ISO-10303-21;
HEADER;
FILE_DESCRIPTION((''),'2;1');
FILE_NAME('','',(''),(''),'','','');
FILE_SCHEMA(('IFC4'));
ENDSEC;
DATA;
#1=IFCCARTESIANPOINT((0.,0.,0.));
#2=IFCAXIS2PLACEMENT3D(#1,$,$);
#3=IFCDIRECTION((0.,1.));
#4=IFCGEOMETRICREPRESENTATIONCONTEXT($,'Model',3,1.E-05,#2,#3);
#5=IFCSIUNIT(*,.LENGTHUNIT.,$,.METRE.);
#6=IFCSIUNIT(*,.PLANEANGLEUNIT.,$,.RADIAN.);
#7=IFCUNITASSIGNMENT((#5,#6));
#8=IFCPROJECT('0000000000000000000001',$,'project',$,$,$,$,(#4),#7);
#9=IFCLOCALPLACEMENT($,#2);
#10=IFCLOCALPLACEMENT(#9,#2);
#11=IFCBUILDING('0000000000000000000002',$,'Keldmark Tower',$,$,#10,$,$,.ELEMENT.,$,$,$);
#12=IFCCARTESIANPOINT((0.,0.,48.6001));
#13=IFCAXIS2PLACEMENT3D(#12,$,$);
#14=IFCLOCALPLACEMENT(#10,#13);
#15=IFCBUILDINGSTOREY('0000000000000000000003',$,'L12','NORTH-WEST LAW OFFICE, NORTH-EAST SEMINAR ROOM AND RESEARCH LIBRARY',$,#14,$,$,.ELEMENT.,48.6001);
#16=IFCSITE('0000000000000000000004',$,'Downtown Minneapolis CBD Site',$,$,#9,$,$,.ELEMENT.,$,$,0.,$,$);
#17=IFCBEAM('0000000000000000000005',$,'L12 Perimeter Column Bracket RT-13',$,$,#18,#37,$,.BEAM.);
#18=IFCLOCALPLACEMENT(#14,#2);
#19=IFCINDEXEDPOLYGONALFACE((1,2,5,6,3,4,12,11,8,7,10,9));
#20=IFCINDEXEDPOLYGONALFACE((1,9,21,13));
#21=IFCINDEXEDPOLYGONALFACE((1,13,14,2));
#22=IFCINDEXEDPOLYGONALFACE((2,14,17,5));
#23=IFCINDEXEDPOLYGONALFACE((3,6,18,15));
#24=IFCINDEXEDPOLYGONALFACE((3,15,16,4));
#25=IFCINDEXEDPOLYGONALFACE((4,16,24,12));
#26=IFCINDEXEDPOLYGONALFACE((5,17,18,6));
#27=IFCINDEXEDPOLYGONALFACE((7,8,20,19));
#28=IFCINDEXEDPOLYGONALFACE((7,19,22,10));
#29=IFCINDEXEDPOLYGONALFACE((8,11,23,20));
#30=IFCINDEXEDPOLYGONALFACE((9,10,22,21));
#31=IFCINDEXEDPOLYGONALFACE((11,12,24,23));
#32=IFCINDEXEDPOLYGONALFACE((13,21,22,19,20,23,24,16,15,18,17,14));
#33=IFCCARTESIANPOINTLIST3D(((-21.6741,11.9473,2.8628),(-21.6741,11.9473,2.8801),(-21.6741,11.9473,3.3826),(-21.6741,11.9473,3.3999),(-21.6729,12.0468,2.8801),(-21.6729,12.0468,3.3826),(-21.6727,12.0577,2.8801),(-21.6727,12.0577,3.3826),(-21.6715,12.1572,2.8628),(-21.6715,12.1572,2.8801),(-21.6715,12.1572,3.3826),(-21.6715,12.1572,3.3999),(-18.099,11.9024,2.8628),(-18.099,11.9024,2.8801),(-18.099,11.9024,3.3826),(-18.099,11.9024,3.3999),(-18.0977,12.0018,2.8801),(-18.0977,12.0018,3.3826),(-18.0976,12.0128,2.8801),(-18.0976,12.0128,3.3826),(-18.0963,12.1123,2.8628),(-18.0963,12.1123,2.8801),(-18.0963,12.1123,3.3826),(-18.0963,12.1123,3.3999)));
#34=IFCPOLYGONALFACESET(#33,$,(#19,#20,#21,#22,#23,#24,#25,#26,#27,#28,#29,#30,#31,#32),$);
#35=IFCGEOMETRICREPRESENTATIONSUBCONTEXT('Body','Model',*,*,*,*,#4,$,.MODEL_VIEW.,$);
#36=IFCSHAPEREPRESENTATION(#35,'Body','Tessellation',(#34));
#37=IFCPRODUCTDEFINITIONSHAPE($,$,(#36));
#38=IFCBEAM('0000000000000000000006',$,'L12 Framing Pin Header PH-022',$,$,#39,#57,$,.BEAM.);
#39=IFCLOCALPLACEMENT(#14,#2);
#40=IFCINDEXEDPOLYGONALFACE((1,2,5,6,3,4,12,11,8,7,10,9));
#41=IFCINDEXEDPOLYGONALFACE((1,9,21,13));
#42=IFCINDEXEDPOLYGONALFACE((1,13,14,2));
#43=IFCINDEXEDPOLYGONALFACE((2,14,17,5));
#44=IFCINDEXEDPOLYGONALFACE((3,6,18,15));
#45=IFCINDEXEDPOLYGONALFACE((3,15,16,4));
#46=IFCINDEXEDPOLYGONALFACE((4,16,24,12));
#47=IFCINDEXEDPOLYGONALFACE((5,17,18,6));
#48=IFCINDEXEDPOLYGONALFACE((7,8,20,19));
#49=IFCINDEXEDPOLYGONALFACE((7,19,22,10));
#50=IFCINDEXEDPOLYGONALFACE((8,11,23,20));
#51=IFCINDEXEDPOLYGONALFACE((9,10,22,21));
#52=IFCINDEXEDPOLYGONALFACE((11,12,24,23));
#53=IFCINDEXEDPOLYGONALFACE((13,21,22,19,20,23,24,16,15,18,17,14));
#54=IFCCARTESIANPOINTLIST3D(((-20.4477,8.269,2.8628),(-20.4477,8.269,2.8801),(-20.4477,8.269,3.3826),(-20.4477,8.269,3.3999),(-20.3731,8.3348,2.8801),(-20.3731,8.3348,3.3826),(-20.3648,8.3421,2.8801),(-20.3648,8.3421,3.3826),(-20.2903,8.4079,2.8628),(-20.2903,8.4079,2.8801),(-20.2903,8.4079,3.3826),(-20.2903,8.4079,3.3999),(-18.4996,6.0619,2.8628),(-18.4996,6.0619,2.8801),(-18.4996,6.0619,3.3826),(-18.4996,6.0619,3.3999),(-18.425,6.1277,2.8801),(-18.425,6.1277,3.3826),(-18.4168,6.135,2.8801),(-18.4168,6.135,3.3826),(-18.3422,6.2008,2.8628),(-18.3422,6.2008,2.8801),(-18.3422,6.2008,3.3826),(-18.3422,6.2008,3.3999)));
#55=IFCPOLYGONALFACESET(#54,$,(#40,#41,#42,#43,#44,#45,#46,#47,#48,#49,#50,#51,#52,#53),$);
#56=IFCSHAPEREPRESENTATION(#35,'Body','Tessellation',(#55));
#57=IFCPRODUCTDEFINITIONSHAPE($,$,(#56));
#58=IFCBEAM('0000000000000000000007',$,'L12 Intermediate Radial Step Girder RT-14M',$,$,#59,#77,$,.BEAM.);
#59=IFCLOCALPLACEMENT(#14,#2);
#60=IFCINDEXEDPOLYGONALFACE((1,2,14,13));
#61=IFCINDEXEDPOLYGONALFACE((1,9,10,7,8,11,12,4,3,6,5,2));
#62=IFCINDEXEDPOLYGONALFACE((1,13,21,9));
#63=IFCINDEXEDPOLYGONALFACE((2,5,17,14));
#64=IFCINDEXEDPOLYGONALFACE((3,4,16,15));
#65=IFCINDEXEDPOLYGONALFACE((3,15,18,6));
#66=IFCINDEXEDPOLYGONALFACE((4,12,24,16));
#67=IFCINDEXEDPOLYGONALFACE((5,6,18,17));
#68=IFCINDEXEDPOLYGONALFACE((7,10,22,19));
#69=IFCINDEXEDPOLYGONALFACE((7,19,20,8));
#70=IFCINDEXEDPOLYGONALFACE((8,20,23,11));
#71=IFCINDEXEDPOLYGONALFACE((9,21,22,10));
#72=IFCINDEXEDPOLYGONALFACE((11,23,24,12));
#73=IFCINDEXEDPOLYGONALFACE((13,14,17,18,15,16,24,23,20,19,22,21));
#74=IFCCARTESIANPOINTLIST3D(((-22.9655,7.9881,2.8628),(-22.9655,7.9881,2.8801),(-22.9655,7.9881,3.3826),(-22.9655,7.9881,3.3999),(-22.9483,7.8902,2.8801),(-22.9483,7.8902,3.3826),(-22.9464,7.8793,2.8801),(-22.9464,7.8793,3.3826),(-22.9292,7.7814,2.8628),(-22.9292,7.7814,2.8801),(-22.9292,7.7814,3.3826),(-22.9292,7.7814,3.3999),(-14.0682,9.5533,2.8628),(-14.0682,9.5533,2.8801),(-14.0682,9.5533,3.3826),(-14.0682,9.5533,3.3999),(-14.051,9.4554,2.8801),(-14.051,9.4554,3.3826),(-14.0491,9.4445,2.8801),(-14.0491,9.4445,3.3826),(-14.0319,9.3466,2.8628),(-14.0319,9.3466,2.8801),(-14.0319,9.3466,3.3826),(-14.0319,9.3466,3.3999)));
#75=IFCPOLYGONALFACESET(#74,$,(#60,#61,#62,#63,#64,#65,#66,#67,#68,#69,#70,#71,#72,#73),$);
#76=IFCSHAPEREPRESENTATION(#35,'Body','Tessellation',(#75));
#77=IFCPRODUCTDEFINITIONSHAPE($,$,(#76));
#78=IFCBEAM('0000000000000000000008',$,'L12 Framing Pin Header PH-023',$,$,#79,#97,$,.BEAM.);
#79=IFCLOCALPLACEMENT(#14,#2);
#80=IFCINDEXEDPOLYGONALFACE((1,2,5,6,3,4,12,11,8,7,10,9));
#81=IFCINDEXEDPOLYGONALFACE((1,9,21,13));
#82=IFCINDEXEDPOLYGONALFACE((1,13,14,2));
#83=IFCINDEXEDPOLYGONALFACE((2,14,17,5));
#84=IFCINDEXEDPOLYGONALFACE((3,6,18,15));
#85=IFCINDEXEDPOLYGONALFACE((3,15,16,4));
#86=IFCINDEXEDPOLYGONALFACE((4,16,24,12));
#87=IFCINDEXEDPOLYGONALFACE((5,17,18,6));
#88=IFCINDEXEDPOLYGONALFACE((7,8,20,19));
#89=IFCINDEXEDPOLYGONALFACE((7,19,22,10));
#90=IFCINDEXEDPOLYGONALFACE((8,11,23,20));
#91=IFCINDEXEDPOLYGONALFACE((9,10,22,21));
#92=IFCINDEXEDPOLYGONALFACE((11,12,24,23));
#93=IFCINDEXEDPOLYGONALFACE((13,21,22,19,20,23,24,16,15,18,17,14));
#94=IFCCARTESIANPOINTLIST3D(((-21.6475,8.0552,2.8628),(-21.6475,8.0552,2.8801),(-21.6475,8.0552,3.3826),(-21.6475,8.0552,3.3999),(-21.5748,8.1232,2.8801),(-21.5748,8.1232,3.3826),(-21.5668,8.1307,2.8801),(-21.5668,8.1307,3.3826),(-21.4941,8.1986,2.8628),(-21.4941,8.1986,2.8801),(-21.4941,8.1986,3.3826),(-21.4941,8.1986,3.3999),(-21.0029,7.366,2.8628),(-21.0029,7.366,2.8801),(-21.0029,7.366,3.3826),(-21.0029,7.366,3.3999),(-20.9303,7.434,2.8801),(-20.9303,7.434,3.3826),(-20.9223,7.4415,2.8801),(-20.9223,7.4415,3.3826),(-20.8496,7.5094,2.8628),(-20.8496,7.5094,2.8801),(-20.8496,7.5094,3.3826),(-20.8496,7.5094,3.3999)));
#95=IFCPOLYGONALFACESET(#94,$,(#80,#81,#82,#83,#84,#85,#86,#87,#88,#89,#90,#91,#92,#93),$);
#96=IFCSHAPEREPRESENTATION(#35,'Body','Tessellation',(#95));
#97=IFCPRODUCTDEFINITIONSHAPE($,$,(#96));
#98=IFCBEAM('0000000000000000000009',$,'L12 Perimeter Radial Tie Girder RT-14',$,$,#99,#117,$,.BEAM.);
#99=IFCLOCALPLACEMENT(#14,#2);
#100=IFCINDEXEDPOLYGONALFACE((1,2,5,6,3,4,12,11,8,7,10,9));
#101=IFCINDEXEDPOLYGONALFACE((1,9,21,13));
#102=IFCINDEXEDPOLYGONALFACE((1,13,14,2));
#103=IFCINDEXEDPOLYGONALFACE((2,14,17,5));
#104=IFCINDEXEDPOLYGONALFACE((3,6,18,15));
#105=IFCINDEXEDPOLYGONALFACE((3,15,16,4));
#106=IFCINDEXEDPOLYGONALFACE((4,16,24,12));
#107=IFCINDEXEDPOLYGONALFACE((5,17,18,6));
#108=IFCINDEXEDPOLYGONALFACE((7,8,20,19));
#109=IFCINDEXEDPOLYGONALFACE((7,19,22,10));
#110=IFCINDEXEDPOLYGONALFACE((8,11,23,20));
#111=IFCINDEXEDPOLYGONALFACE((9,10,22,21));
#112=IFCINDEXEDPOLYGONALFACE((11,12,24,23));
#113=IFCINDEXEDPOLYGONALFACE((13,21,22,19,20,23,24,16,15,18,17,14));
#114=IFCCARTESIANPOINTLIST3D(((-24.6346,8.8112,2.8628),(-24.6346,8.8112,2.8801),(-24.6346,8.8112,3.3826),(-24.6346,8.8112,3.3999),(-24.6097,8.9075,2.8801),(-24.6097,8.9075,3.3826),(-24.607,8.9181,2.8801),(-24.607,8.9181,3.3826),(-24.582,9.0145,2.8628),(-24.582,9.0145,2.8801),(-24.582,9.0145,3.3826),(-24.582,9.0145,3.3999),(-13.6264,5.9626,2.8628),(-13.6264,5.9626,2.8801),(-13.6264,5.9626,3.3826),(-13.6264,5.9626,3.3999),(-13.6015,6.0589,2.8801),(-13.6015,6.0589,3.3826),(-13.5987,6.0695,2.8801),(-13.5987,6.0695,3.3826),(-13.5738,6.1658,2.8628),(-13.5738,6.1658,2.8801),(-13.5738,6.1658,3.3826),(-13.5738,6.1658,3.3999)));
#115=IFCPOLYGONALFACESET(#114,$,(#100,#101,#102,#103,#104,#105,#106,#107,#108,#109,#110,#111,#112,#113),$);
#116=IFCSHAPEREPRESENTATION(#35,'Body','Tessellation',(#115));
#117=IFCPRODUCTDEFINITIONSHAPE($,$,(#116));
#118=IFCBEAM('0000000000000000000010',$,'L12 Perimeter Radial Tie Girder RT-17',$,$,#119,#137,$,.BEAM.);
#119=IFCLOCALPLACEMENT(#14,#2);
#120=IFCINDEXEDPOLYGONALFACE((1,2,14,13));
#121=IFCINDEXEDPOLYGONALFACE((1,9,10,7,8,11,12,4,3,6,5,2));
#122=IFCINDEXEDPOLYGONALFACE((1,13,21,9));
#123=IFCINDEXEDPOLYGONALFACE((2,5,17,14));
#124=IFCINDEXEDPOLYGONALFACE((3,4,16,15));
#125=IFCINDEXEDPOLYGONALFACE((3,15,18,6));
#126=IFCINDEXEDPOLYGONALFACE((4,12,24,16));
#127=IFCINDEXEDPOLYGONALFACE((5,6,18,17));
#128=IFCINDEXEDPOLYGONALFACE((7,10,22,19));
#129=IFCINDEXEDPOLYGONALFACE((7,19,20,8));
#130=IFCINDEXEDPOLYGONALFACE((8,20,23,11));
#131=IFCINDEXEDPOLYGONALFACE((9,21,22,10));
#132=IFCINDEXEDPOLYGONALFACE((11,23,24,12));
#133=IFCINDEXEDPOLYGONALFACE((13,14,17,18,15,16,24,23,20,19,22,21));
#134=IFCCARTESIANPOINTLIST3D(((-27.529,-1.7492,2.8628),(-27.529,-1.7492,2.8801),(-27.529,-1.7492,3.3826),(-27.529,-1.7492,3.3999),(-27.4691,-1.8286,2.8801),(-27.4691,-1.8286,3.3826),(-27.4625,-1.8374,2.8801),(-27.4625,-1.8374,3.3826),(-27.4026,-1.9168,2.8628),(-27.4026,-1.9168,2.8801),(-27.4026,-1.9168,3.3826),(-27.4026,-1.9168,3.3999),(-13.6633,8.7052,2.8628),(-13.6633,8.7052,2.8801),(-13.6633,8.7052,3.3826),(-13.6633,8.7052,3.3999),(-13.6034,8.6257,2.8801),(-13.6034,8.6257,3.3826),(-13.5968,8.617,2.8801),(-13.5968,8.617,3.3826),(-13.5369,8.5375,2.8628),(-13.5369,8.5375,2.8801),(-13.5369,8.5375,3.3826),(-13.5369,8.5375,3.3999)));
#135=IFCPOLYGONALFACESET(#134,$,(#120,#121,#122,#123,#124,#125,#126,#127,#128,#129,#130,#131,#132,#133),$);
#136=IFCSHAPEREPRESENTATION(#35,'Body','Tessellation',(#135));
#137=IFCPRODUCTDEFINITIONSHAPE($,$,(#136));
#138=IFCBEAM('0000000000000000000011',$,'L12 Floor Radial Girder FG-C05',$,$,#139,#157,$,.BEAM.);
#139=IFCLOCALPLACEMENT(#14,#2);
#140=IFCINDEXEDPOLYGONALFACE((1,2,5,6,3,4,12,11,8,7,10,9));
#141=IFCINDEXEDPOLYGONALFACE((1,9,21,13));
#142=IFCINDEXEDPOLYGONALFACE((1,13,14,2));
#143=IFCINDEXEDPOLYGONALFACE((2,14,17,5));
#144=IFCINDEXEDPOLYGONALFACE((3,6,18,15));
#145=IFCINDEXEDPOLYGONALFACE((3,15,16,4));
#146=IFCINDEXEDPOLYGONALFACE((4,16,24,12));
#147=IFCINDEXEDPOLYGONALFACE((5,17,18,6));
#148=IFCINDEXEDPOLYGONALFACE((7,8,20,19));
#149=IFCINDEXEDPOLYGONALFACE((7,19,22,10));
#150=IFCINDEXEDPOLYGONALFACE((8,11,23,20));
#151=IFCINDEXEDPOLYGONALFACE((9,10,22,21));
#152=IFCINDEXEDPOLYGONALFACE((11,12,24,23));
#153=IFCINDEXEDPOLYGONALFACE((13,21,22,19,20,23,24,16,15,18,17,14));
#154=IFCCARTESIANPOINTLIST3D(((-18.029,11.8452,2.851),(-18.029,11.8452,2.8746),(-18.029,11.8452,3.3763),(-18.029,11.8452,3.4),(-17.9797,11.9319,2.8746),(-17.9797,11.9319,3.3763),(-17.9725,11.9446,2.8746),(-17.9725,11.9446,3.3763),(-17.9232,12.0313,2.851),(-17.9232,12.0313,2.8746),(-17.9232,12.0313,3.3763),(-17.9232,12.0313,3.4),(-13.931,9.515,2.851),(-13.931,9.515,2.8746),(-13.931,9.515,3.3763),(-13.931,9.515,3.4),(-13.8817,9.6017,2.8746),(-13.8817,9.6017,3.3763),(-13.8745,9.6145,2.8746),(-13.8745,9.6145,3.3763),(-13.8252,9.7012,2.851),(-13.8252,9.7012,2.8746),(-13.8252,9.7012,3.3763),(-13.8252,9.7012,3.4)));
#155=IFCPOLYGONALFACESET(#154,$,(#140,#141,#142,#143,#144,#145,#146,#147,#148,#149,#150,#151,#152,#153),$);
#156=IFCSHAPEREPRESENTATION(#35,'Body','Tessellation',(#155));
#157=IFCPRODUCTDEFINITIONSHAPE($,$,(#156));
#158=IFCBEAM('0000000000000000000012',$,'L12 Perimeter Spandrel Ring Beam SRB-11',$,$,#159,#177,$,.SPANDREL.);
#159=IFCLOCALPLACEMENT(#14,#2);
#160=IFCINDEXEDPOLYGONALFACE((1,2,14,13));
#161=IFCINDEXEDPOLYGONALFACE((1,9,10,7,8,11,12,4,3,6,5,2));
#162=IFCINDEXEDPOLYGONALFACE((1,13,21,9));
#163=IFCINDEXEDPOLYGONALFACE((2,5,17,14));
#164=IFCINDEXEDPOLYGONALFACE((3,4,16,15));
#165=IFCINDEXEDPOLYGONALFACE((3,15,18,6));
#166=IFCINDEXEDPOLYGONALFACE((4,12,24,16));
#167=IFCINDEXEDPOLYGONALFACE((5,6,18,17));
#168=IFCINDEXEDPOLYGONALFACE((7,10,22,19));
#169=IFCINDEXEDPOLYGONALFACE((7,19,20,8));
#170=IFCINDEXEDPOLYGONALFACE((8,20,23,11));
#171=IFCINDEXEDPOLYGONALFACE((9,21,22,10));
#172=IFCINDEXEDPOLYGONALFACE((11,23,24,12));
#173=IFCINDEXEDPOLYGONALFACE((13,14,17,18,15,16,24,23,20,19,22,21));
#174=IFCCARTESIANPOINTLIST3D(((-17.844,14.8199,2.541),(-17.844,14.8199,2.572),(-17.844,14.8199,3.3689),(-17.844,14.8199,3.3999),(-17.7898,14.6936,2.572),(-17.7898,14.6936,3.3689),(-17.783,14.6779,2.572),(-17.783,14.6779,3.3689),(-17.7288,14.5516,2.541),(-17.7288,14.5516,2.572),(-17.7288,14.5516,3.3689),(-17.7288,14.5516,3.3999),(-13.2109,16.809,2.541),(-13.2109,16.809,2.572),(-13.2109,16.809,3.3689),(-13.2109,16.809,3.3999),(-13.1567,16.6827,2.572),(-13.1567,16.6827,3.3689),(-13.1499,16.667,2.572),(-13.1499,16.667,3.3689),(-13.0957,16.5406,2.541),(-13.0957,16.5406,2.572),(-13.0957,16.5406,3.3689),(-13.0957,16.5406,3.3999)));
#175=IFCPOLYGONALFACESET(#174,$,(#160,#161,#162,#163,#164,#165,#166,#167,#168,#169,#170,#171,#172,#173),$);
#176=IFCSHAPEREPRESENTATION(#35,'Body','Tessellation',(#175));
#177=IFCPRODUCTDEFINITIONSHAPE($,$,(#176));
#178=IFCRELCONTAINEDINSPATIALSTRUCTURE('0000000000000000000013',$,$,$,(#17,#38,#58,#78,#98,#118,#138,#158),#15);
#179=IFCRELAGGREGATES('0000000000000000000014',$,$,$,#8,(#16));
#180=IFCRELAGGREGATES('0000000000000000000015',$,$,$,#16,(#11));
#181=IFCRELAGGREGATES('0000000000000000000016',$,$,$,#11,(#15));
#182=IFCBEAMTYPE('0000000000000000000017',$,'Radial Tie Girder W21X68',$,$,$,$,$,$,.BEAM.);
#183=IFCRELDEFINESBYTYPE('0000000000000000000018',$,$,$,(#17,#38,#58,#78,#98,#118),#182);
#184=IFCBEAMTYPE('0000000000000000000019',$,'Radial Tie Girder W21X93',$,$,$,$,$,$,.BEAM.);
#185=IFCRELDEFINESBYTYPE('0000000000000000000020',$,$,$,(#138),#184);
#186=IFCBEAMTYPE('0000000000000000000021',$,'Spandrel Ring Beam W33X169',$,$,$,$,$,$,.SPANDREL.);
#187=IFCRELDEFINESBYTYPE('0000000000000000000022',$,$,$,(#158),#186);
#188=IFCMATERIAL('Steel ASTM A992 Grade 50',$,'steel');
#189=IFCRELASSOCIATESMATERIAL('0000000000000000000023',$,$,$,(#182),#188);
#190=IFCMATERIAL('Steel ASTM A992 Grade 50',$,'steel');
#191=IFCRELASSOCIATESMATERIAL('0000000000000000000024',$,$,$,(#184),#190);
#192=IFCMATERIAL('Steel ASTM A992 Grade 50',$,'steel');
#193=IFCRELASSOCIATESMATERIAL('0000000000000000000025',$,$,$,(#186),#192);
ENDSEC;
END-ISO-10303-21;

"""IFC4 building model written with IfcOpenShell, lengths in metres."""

from ifc_helpers import new_model, si_unit, direction, frame, origin, origin_2d, place, context, subcontext, project, spatial, i_section, extrude, material, material_profile, profile_set, type_object, element, save


model = new_model("IFC4")

# Units and contexts
model_context = context("Model", 3, precision=1e-05, world=origin(), true_north=direction((0.0, 1.0)))
body_context = subcontext(model_context, "Body", "Model", "MODEL_VIEW")
ifc_project = project(units=[si_unit("LENGTHUNIT", "METRE"), si_unit("PLANEANGLEUNIT", "RADIAN")], contexts=[model_context])

# Site, building, storey
site_placement = place(None, origin())
site = spatial("IfcSite", under=ifc_project, at=site_placement, Name="Downtown Minneapolis CBD Site", CompositionType="ELEMENT", RefElevation=0.0)
building_placement = place(site_placement, origin())
building = spatial("IfcBuilding", under=site, at=building_placement, Name="Keldmark Tower", CompositionType="ELEMENT")
storey_placement = place(building_placement, frame((0.0, 0.0, 48.6001)))
storey = spatial("IfcBuildingStorey", under=building, at=storey_placement, Name="L12", Description="NORTH-WEST LAW OFFICE, NORTH-EAST SEMINAR ROOM AND RESEARCH LIBRARY", CompositionType="ELEMENT", Elevation=48.6001)

# Beams
ifc_material_1 = material(Name="Steel ASTM A992 Grade 50", Category="steel")
ifc_material_profile_1 = material_profile(ifc_material_1, i_section(OverallWidth=0.21, OverallDepth=0.5371, WebThickness=0.011, FlangeThickness=0.0173, at=origin_2d()), Name="W21X68")
ifc_profile_set_1 = profile_set([ifc_material_profile_1], Name="Steel ASTM A992 Grade 50")
beam_type_1 = type_object("IfcBeamType", Name="Radial Tie Girder W21X68", PredefinedType="BEAM", material=ifc_profile_set_1)
beam_1_placement = place(storey_placement, frame((-18.0977, 12.0073, 3.1313), z_axis=(-0.999921, 0.012564, 0.0), x_axis=(-0.012564, -0.999921, 0.0)))
element("IfcBeam", 1, at=beam_1_placement, inside=storey, type_object=beam_type_1, Name="L12 Perimeter Column Bracket RT-13", PredefinedType="BEAM", context=body_context, shape_type="SweptSolid", body=[
    extrude(i_section(OverallWidth=0.21, OverallDepth=0.5371, WebThickness=0.011, FlangeThickness=0.0173, at=origin_2d()), origin(), (0.0, 0.0, 1.0), 3.5754),
])
beam_2_placement = place(storey_placement, frame((-18.4209, 6.1313, 3.1313), z_axis=(-0.66174, 0.749734, 0.0), x_axis=(-0.749734, -0.66174, 0.0)))
element("IfcBeam", 2, at=beam_2_placement, inside=storey, type_object=beam_type_1, Name="L12 Framing Pin Header PH-022", PredefinedType="BEAM", context=body_context, shape_type="SweptSolid", body=[
    extrude(i_section(OverallWidth=0.21, OverallDepth=0.5371, WebThickness=0.011, FlangeThickness=0.0173, at=origin_2d()), origin(), (0.0, 0.0, 1.0), 2.9438),
])
beam_3_placement = place(storey_placement, frame((-14.05, 9.45, 3.1313), z_axis=(-0.984876, -0.173258, 0.0), x_axis=(0.173258, -0.984876, 0.0)))
element("IfcBeam", 3, at=beam_3_placement, inside=storey, type_object=beam_type_1, Name="L12 Intermediate Radial Step Girder RT-14M", PredefinedType="BEAM", context=body_context, shape_type="SweptSolid", body=[
    extrude(i_section(OverallWidth=0.21, OverallDepth=0.5371, WebThickness=0.011, FlangeThickness=0.0173, at=origin_2d()), origin(), (0.0, 0.0, 1.0), 9.0339),
])
beam_4_placement = place(storey_placement, frame((-20.9263, 7.4377, 3.1313), z_axis=(-0.683037, 0.730384, 0.0), x_axis=(-0.730384, -0.683037, 0.0)))
element("IfcBeam", 4, at=beam_4_placement, inside=storey, type_object=beam_type_1, Name="L12 Framing Pin Header PH-023", PredefinedType="BEAM", context=body_context, shape_type="SweptSolid", body=[
    extrude(i_section(OverallWidth=0.21, OverallDepth=0.5371, WebThickness=0.011, FlangeThickness=0.0173, at=origin_2d()), origin(), (0.0, 0.0, 1.0), 0.9436),
])
beam_5_placement = place(storey_placement, frame((-13.6001, 6.0642, 3.1313), z_axis=(-0.968112, 0.25052, 0.0), x_axis=(-0.25052, -0.968112, 0.0)))
element("IfcBeam", 5, at=beam_5_placement, inside=storey, type_object=beam_type_1, Name="L12 Perimeter Radial Tie Girder RT-14", PredefinedType="BEAM", context=body_context, shape_type="SweptSolid", body=[
    extrude(i_section(OverallWidth=0.21, OverallDepth=0.5371, WebThickness=0.011, FlangeThickness=0.0173, at=origin_2d()), origin(), (0.0, 0.0, 1.0), 11.3708),
])
beam_6_placement = place(storey_placement, frame((-13.6001, 8.6213, 3.1313), z_axis=(-0.798476, -0.602027, 0.0), x_axis=(0.602027, -0.798476, 0.0)))
element("IfcBeam", 6, at=beam_6_placement, inside=storey, type_object=beam_type_1, Name="L12 Perimeter Radial Tie Girder RT-17", PredefinedType="BEAM", context=body_context, shape_type="SweptSolid", body=[
    extrude(i_section(OverallWidth=0.21, OverallDepth=0.5371, WebThickness=0.011, FlangeThickness=0.0173, at=origin_2d()), origin(), (0.0, 0.0, 1.0), 17.3652),
])
ifc_material_2 = material(Name="Steel ASTM A992 Grade 50", Category="steel")
ifc_material_profile_2 = material_profile(ifc_material_2, i_section(OverallWidth=0.2141, OverallDepth=0.5491, WebThickness=0.0146, FlangeThickness=0.0237, at=origin_2d()), Name="W21X93")
ifc_profile_set_2 = profile_set([ifc_material_profile_2], Name="Steel ASTM A992 Grade 50")
beam_type_2 = type_object("IfcBeamType", Name="Radial Tie Girder W21X93", PredefinedType="BEAM", material=ifc_profile_set_2)
beam_7_placement = place(storey_placement, frame((-17.9761, 11.9382, 3.1255), z_axis=(0.869299, -0.494286, 0.0), x_axis=(0.494286, 0.869299, 0.0)))
element("IfcBeam", 7, at=beam_7_placement, inside=storey, type_object=beam_type_2, Name="L12 Floor Radial Girder FG-C05", PredefinedType="BEAM", context=body_context, shape_type="SweptSolid", body=[
    extrude(i_section(OverallWidth=0.2141, OverallDepth=0.5491, WebThickness=0.0146, FlangeThickness=0.0237, at=origin_2d()), origin(), (0.0, 0.0, 1.0), 4.7141),
])
ifc_material_3 = material(Name="Steel ASTM A992 Grade 50", Category="steel")
ifc_material_profile_3 = material_profile(ifc_material_3, i_section(OverallWidth=0.292, OverallDepth=0.8589, WebThickness=0.0171, FlangeThickness=0.031, at=origin_2d()), Name="W33X169")
ifc_profile_set_3 = profile_set([ifc_material_profile_3], Name="Steel ASTM A992 Grade 50")
beam_type_3 = type_object("IfcBeamType", Name="Spandrel Ring Beam W33X169", PredefinedType="SPANDREL", material=ifc_profile_set_3)
beam_8_placement = place(storey_placement, frame((-13.1533, 16.6748, 2.9705), z_axis=(-0.918899, -0.394492, 0.0), x_axis=(0.394492, -0.918899, 0.0)))
element("IfcBeam", 8, at=beam_8_placement, inside=storey, type_object=beam_type_3, Name="L12 Perimeter Spandrel Ring Beam SRB-11", PredefinedType="SPANDREL", context=body_context, shape_type="SweptSolid", body=[
    extrude(i_section(OverallWidth=0.292, OverallDepth=0.8589, WebThickness=0.0171, FlangeThickness=0.031, at=origin_2d()), origin(), (0.0, 0.0, 1.0), 5.042),
])

save(model, "model.ifc")
